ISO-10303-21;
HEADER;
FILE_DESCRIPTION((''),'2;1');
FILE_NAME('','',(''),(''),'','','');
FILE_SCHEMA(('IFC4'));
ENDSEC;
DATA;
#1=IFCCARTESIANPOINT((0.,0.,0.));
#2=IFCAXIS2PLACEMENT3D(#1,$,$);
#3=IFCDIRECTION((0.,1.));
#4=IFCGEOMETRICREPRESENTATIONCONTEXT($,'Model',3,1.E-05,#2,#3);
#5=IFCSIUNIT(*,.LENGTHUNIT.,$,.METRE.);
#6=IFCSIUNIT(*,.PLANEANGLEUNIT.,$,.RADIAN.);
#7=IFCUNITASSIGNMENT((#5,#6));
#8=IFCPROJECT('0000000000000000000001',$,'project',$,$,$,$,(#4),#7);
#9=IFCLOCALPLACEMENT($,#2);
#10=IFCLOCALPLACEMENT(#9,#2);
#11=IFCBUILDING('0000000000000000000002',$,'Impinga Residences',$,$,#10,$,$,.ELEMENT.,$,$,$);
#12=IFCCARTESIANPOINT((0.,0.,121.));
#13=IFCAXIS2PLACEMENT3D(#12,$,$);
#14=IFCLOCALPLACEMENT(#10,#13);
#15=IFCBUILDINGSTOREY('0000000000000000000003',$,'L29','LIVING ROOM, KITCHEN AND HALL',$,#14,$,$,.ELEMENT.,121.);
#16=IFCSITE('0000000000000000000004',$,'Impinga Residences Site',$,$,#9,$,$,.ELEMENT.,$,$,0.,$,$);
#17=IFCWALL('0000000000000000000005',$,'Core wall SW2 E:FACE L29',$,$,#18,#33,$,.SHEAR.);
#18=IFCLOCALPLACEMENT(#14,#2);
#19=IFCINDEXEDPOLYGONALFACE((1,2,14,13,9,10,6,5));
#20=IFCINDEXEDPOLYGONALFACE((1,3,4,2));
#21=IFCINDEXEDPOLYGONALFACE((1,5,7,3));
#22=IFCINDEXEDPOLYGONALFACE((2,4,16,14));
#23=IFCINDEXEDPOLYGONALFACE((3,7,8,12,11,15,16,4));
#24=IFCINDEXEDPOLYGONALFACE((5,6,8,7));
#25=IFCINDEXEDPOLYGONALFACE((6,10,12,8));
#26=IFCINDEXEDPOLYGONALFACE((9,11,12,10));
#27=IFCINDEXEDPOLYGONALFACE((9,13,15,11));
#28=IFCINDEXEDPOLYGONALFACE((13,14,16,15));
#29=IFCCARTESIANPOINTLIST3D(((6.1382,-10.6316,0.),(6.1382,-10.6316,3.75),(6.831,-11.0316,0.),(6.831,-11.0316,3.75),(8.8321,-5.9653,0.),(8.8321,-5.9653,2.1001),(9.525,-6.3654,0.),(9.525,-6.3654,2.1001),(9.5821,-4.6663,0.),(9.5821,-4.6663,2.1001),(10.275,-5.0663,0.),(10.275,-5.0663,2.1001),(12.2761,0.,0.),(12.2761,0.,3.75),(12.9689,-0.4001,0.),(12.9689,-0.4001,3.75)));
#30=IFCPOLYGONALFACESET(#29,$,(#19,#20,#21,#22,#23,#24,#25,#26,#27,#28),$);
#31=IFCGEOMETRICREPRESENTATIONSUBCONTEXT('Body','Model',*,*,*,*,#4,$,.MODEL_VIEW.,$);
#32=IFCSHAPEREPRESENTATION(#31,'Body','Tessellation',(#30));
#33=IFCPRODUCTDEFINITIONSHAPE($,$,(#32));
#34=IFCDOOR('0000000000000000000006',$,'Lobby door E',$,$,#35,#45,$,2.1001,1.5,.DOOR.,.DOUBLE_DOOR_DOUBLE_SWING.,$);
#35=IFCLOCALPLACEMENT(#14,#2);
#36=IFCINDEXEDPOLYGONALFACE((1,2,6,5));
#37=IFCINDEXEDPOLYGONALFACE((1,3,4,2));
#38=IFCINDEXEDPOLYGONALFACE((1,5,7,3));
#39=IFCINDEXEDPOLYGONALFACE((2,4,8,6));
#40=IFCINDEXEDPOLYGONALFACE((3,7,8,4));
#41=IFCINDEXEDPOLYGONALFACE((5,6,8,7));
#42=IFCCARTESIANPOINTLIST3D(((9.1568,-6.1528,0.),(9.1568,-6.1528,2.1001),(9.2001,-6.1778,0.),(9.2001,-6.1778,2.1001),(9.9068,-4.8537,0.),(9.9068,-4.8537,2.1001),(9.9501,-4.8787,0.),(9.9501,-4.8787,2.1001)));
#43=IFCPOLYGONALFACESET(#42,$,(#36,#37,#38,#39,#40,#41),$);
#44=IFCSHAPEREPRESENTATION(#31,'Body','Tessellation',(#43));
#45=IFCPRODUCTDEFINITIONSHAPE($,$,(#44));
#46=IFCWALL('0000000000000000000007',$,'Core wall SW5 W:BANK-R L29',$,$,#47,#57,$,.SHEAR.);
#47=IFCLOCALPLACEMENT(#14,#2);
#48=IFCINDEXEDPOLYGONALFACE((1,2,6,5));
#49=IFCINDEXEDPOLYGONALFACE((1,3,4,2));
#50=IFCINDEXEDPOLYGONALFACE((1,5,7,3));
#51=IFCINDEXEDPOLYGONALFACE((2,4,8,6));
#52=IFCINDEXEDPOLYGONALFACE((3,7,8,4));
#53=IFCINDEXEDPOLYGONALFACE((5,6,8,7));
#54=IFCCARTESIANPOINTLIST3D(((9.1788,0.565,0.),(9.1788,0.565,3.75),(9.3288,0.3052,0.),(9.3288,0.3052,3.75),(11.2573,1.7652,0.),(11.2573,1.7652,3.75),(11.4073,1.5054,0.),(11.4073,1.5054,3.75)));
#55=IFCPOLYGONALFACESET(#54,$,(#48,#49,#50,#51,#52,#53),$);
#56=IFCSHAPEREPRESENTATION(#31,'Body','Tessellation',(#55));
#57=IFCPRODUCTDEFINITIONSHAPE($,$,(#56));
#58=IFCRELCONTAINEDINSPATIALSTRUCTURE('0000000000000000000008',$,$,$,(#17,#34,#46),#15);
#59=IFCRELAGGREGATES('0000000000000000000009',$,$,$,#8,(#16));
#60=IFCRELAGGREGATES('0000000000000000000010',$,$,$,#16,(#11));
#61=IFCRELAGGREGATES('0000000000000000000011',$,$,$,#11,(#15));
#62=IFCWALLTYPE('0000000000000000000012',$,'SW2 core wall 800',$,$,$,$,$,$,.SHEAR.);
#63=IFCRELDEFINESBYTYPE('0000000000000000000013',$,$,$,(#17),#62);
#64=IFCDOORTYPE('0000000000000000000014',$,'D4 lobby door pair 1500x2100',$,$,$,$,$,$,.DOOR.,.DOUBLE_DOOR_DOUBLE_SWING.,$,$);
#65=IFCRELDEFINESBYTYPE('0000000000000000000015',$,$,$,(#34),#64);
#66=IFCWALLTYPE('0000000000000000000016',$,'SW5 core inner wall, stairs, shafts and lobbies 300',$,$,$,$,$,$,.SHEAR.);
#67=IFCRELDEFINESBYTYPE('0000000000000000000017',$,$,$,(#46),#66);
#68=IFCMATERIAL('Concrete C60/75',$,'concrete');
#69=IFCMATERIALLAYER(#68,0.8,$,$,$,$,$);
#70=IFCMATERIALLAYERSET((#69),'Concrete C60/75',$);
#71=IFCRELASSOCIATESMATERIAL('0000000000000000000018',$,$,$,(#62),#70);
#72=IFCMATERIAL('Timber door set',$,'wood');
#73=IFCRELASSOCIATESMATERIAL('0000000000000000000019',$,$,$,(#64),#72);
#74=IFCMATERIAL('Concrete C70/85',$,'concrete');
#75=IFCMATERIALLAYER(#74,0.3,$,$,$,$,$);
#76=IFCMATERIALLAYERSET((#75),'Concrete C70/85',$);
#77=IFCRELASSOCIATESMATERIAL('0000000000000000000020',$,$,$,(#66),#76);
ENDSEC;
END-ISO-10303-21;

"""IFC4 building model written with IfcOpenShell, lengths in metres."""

from ifc_helpers import new_model, si_unit, direction, frame, frame_2d, origin, place, context, subcontext, project, spatial, rectangle, extrude, material, layer, layer_set, type_object, element, fill, save


model = new_model("IFC4")

# Units and contexts
model_context = context("Model", 3, precision=1e-05, world=origin(), true_north=direction((0.0, 1.0)))
body_context = subcontext(model_context, "Body", "Model", "MODEL_VIEW")
ifc_project = project(units=[si_unit("LENGTHUNIT", "METRE"), si_unit("PLANEANGLEUNIT", "RADIAN")], contexts=[model_context])

# Site, building, storey
site_placement = place(None, origin())
site = spatial("IfcSite", under=ifc_project, at=site_placement, Name="Impinga Residences Site", CompositionType="ELEMENT", RefElevation=0.0)
building_placement = place(site_placement, origin())
building = spatial("IfcBuilding", under=site, at=building_placement, Name="Impinga Residences", CompositionType="ELEMENT")
storey_placement = place(building_placement, frame((0.0, 0.0, 121.0)))
storey = spatial("IfcBuildingStorey", under=building, at=storey_placement, Name="L29", Description="LIVING ROOM, KITCHEN AND HALL", CompositionType="ELEMENT", Elevation=121.0)

# Shared definitions
ifc_material_1 = material(Name="Concrete C60/75", Category="concrete")

# Wall, opening, door
ifc_layer_1 = layer(ifc_material_1, 0.8)
ifc_layer_set_1 = layer_set([ifc_layer_1], Name="Concrete C60/75")
wall_type_1 = type_object("IfcWallType", Name="SW2 core wall 800", PredefinedType="SHEAR", material=ifc_layer_set_1)
wall_1_placement = place(storey_placement, frame((12.6226, -0.2, 0.0), z_axis=(0.0, 0.0, 1.0), x_axis=(-0.499987, -0.866033, 0.0)))
wall_1 = element("IfcWall", 1, at=wall_1_placement, inside=storey, type_object=wall_type_1, Name="Core wall SW2 E:FACE L29", PredefinedType="SHEAR", context=body_context, shape_type="SweptSolid", body=[
    extrude(rectangle(XDim=12.2761, YDim=0.8, at=frame_2d((6.1382, 0.0))), origin(), (0.0, 0.0, 1.0), 3.75),
])
opening_1_placement = place(wall_1_placement, frame((5.3882, 0.0, 0.0)))
opening_1 = element("IfcOpeningElement", 2, at=opening_1_placement, cuts=wall_1, PredefinedType="OPENING", context=body_context, shape_type="SweptSolid", body=[
    extrude(rectangle(XDim=1.5, YDim=2.1001, at=frame_2d((0.75, 1.05))), frame((0.0, 0.4099, 0.0), z_axis=(0.0, -1.0, 0.0), x_axis=(1.0, 0.0, 0.0)), (0.0, 0.0, 1.0), 0.8201),
])
ifc_material_2 = material(Name="Timber door set", Category="wood")
door_type = type_object("IfcDoorType", Name="D4 lobby door pair 1500x2100", OperationType="DOUBLE_DOOR_DOUBLE_SWING", PredefinedType="DOOR", material=ifc_material_2)
door_placement = place(opening_1_placement, origin())
door = element("IfcDoor", 3, at=door_placement, inside=storey, type_object=door_type, Name="Lobby door E", OperationType="DOUBLE_DOOR_DOUBLE_SWING", OverallHeight=2.1001, OverallWidth=1.5, PredefinedType="DOOR", context=body_context, shape_type="SweptSolid", body=[
    extrude(rectangle(XDim=1.5, YDim=2.1001, at=frame_2d((0.75, 1.05))), frame((0.0, 0.0249, 0.0), z_axis=(0.0, -1.0, 0.0), x_axis=(1.0, 0.0, 0.0)), (0.0, 0.0, 1.0), 0.05),
])
fill(opening_1, door)

# Wall
ifc_material_3 = material(Name="Concrete C70/85", Category="concrete")
ifc_layer_2 = layer(ifc_material_3, 0.3)
ifc_layer_set_2 = layer_set([ifc_layer_2], Name="Concrete C70/85")
wall_type_2 = type_object("IfcWallType", Name="SW5 core inner wall, stairs, shafts and lobbies 300", PredefinedType="SHEAR", material=ifc_layer_set_2)
wall_2_placement = place(storey_placement, frame((9.2537, 0.4351, 0.0), z_axis=(0.0, 0.0, 1.0), x_axis=(0.866006, 0.500034, 0.0)))
element("IfcWall", 4, at=wall_2_placement, inside=storey, type_object=wall_type_2, Name="Core wall SW5 W:BANK-R L29", PredefinedType="SHEAR", context=body_context, shape_type="SweptSolid", body=[
    extrude(rectangle(XDim=2.4001, YDim=0.3, at=frame_2d((1.2002, 0.0))), origin(), (0.0, 0.0, 1.0), 3.75),
])

save(model, "model.ifc")
